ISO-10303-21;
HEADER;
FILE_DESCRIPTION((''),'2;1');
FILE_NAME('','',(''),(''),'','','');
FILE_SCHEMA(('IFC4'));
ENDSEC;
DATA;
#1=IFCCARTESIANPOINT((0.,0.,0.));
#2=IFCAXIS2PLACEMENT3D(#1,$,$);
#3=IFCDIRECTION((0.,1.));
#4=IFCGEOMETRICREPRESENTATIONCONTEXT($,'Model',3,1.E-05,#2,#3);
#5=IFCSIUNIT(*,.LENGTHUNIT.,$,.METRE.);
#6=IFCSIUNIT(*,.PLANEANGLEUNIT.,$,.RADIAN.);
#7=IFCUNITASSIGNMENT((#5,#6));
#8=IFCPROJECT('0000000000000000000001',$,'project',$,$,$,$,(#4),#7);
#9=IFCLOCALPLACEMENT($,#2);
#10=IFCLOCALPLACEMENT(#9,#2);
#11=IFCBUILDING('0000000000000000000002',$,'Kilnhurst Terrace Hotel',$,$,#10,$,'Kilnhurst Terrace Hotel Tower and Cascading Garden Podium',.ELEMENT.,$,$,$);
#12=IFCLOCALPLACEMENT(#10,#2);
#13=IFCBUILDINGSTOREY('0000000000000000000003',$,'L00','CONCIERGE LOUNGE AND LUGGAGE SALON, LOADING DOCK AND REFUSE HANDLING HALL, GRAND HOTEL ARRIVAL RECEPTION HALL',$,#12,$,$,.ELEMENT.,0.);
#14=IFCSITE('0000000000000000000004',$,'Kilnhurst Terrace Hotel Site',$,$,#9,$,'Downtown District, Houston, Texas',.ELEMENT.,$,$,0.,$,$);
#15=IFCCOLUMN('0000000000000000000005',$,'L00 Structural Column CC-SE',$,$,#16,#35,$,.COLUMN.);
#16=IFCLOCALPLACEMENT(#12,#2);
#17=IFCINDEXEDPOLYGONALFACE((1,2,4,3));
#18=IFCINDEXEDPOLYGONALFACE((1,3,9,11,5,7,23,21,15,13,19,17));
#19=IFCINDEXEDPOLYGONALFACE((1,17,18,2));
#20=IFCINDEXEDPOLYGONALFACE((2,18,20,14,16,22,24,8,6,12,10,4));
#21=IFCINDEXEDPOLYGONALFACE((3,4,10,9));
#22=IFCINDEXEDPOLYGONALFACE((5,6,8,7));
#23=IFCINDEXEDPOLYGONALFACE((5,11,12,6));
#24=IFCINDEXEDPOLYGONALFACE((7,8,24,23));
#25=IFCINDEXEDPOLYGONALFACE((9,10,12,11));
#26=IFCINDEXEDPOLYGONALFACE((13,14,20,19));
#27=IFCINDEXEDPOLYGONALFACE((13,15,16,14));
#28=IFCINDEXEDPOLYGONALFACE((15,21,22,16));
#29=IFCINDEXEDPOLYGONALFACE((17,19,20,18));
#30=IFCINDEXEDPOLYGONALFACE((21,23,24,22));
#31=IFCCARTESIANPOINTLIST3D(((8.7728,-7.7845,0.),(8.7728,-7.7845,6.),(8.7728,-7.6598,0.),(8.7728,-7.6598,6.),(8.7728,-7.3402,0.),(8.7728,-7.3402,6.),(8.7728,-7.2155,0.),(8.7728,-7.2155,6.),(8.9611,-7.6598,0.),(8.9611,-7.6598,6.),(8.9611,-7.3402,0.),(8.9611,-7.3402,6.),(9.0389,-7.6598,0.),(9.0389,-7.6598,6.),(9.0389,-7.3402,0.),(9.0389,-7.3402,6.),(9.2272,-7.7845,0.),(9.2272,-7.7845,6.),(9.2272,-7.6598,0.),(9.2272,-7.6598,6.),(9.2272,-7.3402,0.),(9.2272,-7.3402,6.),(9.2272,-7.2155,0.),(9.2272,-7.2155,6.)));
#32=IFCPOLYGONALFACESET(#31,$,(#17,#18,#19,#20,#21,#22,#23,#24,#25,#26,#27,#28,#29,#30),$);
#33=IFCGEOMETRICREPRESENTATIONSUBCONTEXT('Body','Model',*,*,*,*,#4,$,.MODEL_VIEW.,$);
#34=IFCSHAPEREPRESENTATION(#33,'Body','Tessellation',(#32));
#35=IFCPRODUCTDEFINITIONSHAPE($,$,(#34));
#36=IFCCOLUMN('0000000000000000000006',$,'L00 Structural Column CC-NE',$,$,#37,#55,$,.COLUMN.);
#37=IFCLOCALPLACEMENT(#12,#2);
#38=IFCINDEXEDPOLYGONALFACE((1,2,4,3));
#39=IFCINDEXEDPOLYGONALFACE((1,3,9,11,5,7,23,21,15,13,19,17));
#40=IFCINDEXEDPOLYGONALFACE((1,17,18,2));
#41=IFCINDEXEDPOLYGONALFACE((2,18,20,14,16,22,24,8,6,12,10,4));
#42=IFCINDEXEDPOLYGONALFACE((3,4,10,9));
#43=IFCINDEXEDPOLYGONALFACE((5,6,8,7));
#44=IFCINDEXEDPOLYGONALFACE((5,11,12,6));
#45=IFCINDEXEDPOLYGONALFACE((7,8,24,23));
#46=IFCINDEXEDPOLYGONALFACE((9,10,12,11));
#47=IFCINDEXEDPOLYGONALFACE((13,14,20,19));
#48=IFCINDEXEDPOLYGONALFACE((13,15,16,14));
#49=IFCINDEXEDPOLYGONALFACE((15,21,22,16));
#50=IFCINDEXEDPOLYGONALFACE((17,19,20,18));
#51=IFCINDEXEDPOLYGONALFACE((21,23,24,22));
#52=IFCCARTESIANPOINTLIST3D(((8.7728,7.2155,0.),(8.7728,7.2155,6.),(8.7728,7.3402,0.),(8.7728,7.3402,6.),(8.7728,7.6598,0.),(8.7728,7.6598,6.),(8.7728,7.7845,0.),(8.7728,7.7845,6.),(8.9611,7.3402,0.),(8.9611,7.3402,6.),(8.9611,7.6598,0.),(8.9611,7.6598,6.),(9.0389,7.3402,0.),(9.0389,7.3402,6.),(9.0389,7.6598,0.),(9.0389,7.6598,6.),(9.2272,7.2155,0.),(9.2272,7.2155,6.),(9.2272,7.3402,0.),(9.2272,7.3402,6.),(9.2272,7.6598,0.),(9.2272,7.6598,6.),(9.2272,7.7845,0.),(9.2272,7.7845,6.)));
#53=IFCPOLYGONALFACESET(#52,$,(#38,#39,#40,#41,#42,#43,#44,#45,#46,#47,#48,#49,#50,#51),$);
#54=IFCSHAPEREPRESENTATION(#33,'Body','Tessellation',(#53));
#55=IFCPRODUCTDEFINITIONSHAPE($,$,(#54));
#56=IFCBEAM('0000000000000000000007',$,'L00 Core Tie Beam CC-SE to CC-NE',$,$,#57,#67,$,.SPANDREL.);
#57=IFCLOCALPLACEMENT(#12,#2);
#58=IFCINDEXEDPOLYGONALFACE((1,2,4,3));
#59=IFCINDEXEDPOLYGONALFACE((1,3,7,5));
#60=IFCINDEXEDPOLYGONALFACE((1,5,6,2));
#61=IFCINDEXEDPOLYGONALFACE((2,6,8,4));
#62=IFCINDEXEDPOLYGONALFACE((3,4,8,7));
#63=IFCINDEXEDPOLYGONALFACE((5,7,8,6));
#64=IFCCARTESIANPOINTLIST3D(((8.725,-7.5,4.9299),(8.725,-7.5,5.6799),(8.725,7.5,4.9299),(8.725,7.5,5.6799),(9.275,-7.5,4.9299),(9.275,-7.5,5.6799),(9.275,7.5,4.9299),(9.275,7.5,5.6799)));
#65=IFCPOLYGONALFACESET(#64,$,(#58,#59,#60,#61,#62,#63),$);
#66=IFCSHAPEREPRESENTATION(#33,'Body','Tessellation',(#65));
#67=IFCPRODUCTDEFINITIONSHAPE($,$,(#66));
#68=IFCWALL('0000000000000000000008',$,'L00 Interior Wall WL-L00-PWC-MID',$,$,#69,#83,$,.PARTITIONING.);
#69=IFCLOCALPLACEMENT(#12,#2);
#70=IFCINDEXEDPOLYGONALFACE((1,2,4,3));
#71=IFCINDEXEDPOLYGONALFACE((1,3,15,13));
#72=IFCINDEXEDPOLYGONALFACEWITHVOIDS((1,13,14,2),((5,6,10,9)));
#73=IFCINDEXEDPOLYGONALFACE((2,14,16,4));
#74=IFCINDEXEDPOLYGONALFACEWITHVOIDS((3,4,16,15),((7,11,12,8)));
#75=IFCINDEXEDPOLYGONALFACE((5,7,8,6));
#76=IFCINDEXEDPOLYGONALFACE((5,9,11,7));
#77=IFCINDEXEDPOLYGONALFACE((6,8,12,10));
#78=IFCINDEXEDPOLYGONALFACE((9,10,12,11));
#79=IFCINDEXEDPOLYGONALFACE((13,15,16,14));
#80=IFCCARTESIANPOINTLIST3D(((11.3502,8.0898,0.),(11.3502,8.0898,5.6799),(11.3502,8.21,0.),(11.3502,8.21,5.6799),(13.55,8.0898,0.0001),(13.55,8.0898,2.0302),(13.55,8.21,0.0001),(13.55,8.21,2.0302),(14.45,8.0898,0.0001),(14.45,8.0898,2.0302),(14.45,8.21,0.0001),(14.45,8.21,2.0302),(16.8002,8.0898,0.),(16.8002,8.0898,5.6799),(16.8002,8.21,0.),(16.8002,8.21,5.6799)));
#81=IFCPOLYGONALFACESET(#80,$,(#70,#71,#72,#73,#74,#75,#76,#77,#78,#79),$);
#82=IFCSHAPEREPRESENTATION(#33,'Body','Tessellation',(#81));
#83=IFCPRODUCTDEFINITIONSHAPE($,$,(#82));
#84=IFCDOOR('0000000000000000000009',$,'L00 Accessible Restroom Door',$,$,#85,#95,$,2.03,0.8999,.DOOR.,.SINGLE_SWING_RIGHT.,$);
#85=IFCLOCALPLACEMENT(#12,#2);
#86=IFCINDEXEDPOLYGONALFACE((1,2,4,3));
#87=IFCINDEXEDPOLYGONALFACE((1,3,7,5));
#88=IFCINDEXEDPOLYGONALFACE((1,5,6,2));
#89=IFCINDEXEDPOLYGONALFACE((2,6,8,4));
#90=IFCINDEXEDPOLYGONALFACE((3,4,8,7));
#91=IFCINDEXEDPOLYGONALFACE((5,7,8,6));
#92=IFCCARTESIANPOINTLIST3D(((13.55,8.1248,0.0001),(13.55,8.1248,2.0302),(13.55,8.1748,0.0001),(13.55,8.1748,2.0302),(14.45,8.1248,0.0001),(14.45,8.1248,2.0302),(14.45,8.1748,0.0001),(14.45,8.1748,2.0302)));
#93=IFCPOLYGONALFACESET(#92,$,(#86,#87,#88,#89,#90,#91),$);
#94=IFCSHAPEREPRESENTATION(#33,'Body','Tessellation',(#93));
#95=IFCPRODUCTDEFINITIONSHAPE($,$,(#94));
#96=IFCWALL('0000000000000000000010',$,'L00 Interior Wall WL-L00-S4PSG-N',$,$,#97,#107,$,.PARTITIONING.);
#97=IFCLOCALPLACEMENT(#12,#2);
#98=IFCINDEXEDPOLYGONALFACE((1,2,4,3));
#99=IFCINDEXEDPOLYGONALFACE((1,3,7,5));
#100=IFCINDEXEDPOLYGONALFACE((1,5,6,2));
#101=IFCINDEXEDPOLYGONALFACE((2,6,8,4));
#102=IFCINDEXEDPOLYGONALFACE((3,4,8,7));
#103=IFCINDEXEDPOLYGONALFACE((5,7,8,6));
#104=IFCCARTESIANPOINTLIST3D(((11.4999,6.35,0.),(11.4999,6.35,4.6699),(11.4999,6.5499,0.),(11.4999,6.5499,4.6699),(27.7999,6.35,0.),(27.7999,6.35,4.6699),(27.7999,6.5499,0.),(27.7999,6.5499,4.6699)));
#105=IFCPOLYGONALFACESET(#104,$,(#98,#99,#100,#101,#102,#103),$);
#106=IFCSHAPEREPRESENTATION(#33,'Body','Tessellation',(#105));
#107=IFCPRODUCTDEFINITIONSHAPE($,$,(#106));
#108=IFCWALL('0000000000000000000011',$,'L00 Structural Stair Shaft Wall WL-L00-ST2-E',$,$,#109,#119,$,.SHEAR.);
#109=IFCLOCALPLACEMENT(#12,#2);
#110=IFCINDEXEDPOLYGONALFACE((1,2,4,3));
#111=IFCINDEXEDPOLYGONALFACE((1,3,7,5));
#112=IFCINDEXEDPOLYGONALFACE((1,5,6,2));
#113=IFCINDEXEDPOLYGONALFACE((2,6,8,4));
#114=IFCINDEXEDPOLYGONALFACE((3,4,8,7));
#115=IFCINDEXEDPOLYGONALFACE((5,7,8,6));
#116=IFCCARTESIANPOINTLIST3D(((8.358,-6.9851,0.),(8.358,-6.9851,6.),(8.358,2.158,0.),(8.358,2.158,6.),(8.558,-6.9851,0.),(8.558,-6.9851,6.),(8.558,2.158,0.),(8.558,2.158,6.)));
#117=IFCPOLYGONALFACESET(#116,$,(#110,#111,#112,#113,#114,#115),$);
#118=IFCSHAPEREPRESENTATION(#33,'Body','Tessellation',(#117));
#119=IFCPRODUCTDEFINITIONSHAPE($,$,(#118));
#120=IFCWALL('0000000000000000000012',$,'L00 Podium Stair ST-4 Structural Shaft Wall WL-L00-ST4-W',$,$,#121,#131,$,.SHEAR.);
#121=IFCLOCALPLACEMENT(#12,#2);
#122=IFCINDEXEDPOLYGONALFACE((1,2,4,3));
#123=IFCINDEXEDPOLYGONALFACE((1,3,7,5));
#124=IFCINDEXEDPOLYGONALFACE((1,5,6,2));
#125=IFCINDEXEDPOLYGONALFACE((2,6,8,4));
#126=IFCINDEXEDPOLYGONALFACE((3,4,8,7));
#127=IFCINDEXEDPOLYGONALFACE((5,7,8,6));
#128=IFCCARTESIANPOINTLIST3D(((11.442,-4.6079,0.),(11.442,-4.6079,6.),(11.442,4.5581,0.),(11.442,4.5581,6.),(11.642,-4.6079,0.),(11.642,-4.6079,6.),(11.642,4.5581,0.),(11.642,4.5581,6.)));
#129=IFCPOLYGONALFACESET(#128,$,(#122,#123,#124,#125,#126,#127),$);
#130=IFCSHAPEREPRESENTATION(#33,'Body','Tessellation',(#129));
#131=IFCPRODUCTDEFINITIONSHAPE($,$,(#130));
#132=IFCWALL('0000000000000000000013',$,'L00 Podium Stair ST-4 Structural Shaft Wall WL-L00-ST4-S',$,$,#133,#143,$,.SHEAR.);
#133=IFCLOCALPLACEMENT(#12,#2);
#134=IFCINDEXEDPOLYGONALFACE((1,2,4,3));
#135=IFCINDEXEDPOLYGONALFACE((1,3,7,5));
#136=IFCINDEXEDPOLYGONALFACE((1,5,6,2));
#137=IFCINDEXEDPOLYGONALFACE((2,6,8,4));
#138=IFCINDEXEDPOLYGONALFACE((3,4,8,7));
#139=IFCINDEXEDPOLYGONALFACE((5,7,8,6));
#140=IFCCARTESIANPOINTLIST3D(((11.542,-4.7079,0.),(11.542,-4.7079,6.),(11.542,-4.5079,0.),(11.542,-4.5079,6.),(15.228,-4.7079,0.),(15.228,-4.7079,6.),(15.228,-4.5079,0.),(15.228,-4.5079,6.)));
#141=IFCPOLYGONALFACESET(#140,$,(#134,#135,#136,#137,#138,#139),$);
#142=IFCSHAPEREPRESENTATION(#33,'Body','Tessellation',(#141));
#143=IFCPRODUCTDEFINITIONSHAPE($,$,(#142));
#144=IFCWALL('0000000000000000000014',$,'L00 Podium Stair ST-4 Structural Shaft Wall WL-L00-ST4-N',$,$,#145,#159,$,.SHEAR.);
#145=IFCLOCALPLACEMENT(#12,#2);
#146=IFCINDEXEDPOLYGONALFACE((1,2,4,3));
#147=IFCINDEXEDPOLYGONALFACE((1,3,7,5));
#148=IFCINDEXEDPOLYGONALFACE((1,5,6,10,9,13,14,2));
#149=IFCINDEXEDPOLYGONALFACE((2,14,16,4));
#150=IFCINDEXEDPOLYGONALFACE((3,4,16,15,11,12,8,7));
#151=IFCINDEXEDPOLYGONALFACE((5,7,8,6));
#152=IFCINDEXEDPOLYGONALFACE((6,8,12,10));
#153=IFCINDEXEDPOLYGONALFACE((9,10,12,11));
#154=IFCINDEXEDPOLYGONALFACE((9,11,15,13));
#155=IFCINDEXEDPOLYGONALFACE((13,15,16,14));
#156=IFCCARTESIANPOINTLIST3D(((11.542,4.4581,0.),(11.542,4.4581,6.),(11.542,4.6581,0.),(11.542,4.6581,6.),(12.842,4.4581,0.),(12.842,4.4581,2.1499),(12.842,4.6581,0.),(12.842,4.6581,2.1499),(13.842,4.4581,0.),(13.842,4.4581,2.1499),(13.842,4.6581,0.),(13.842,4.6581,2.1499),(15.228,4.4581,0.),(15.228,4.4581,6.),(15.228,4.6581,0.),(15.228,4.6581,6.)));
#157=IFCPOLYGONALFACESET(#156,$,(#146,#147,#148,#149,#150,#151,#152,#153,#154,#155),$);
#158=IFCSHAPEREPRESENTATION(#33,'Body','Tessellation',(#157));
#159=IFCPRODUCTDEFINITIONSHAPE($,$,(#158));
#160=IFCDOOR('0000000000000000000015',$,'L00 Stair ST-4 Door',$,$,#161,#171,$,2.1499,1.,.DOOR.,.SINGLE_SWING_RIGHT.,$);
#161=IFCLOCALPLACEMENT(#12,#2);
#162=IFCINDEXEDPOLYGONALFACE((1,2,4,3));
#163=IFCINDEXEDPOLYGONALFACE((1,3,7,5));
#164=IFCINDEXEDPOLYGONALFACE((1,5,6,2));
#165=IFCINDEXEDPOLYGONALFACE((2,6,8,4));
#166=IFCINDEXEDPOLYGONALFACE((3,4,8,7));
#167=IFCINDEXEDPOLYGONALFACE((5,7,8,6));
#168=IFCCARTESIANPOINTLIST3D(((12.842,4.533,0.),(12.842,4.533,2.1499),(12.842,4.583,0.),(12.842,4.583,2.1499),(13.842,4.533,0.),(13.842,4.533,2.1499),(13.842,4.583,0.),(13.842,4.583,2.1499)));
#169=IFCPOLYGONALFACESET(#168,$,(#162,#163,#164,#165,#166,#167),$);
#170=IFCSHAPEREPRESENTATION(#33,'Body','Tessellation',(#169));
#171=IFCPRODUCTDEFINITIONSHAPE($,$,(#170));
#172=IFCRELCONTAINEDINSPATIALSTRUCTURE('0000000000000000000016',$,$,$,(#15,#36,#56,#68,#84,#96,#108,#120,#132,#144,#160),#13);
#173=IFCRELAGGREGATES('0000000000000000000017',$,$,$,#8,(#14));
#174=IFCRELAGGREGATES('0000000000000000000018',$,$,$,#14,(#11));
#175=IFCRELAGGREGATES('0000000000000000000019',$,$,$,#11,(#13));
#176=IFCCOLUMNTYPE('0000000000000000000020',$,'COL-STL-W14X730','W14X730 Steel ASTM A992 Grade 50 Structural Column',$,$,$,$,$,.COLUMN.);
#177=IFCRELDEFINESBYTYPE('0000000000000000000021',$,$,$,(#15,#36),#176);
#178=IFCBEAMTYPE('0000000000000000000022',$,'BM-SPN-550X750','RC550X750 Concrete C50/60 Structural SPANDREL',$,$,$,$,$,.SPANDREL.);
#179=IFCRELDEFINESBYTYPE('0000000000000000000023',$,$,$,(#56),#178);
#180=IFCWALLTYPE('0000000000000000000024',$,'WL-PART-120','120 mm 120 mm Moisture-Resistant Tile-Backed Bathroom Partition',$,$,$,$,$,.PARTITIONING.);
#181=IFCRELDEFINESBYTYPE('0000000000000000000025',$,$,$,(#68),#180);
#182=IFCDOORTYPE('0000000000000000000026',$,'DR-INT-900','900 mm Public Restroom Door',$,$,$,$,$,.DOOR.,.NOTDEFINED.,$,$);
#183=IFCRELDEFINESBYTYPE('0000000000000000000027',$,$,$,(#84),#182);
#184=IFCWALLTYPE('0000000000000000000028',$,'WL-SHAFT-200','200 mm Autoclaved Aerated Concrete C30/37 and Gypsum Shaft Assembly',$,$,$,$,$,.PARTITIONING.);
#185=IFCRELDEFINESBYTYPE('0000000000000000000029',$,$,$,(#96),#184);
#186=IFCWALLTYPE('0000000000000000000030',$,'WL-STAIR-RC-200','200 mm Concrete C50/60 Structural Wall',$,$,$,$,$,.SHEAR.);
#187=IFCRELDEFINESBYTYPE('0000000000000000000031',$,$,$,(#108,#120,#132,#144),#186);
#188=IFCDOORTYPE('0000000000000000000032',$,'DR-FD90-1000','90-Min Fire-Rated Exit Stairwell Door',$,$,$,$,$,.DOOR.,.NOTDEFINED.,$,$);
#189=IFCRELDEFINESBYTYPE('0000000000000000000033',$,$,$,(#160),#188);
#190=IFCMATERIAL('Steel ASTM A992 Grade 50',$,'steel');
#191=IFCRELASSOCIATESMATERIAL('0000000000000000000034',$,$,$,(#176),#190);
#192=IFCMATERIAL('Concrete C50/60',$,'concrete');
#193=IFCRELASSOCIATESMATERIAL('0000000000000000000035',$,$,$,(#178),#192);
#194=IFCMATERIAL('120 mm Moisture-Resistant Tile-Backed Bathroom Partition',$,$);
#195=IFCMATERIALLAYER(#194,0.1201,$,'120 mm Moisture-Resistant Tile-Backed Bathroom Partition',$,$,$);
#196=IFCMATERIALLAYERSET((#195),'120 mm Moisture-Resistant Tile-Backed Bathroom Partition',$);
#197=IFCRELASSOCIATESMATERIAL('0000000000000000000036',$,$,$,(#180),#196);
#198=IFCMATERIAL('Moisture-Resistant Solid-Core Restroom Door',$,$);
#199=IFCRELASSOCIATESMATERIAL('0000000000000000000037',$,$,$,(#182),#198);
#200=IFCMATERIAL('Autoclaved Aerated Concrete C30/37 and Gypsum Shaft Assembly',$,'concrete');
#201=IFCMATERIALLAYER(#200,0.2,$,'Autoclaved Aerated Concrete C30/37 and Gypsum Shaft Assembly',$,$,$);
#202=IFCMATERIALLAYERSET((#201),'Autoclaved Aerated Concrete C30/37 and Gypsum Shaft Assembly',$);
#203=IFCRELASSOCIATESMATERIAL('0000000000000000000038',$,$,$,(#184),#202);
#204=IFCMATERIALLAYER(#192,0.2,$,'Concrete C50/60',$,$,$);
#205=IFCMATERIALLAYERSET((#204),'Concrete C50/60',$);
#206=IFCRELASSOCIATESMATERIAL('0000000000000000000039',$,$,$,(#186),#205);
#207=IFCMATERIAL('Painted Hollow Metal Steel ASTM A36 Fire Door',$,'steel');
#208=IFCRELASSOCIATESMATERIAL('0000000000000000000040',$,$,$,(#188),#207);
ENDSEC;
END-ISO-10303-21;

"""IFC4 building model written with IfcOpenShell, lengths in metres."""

from ifc_helpers import new_model, si_unit, direction, frame, frame_2d, origin, origin_2d, place, context, subcontext, project, spatial, rectangle, i_section, extrude, material, layer, layer_set, material_profile, profile_set, type_object, element, fill, save


model = new_model("IFC4")

# Units and contexts
model_context = context("Model", 3, precision=1e-05, world=origin(), true_north=direction((0.0, 1.0)))
body_context = subcontext(model_context, "Body", "Model", "MODEL_VIEW")
ifc_project = project(units=[si_unit("LENGTHUNIT", "METRE"), si_unit("PLANEANGLEUNIT", "RADIAN")], contexts=[model_context])

# Site, building, storey
site_placement = place(None, origin())
site = spatial("IfcSite", under=ifc_project, at=site_placement, Name="Kilnhurst Terrace Hotel Site", LongName="Downtown District, Houston, Texas", CompositionType="ELEMENT", RefElevation=0.0)
building_placement = place(site_placement, origin())
building = spatial("IfcBuilding", under=site, at=building_placement, Name="Kilnhurst Terrace Hotel", LongName="Kilnhurst Terrace Hotel Tower and Cascading Garden Podium", CompositionType="ELEMENT")
storey_placement = place(building_placement, origin())
storey = spatial("IfcBuildingStorey", under=building, at=storey_placement, Name="L00", Description="CONCIERGE LOUNGE AND LUGGAGE SALON, LOADING DOCK AND REFUSE HANDLING HALL, GRAND HOTEL ARRIVAL RECEPTION HALL", CompositionType="ELEMENT", Elevation=0.0)

# Columns
ifc_material_1 = material(Name="Steel ASTM A992 Grade 50", Category="steel")
ifc_material_profile_1 = material_profile(ifc_material_1, i_section(OverallWidth=0.4543, OverallDepth=0.5691, WebThickness=0.0779, FlangeThickness=0.1248, at=origin_2d()), Name="W14X730")
ifc_profile_set_1 = profile_set([ifc_material_profile_1], Name="Steel ASTM A992 Grade 50")
column_type = type_object("IfcColumnType", Name="COL-STL-W14X730", Description="W14X730 Steel ASTM A992 Grade 50 Structural Column", PredefinedType="COLUMN", material=ifc_profile_set_1)
for number, where, z_axis, x_axis, name in (
    (1, (9.0, -7.5, 0.0), (0.0, 0.0, 1.0), (1.0, 0.0, 0.0), "L00 Structural Column CC-SE"),
    (2, (9.0, 7.5, 0.0), (0.0, 0.0, 1.0), (1.0, 0.0, 0.0), "L00 Structural Column CC-NE"),
):
    element("IfcColumn", number, at=place(storey_placement, frame(where, z_axis=z_axis, x_axis=x_axis)), inside=storey, type_object=column_type, Name=name, PredefinedType="COLUMN", context=body_context, shape_type="SweptSolid", body=[
        extrude(i_section(OverallWidth=0.4543, OverallDepth=0.5691, WebThickness=0.0779, FlangeThickness=0.1248, at=origin_2d()), origin(), (0.0, 0.0, 1.0), 6.0),
    ])

# Beam
ifc_material_2 = material(Name="Concrete C50/60", Category="concrete")
ifc_material_profile_2 = material_profile(ifc_material_2, rectangle(XDim=0.55, YDim=0.75, at=origin_2d()), Name="RC550X750")
ifc_profile_set_2 = profile_set([ifc_material_profile_2], Name="Concrete C50/60")
beam_type = type_object("IfcBeamType", Name="BM-SPN-550X750", Description="RC550X750 Concrete C50/60 Structural SPANDREL", PredefinedType="SPANDREL", material=ifc_profile_set_2)
beam_placement = place(storey_placement, frame((9.0, -7.5, 5.3049), z_axis=(0.0, 1.0, 0.0), x_axis=(-1.0, 0.0, 0.0)))
element("IfcBeam", 3, at=beam_placement, inside=storey, type_object=beam_type, Name="L00 Core Tie Beam CC-SE to CC-NE", PredefinedType="SPANDREL", context=body_context, shape_type="SweptSolid", body=[
    extrude(rectangle(XDim=0.55, YDim=0.75, at=origin_2d()), origin(), (0.0, 0.0, 1.0), 15.0),
])

# Wall, opening, door
ifc_material_3 = material(Name="Painted Hollow Metal Steel ASTM A36 Fire Door", Category="steel")
ifc_material_4 = material(Name="120 mm Moisture-Resistant Tile-Backed Bathroom Partition")
ifc_layer_1 = layer(ifc_material_4, 0.1201, Name="120 mm Moisture-Resistant Tile-Backed Bathroom Partition")
ifc_layer_set_1 = layer_set([ifc_layer_1], Name="120 mm Moisture-Resistant Tile-Backed Bathroom Partition")
wall_type_1 = type_object("IfcWallType", Name="WL-PART-120", Description="120 mm 120 mm Moisture-Resistant Tile-Backed Bathroom Partition", PredefinedType="PARTITIONING", material=ifc_layer_set_1)
wall_1_placement = place(storey_placement, frame((11.3501, 8.1499, 0.0), z_axis=(0.0, 0.0, 1.0), x_axis=(1.0, 0.0, 0.0)))
wall_1 = element("IfcWall", 4, at=wall_1_placement, inside=storey, type_object=wall_type_1, Name="L00 Interior Wall WL-L00-PWC-MID", PredefinedType="PARTITIONING", context=body_context, shape_type="SweptSolid", body=[
    extrude(rectangle(XDim=5.45, YDim=0.1201, at=frame_2d((2.7251, 0.0))), origin(), (0.0, 0.0, 1.0), 5.6799),
])
opening_1_placement = place(wall_1_placement, frame((2.2, 0.0, 0.0)))
opening_1 = element("IfcOpeningElement", 5, at=opening_1_placement, cuts=wall_1, PredefinedType="OPENING", context=body_context, shape_type="SweptSolid", body=[
    extrude(rectangle(XDim=0.8999, YDim=2.03, at=frame_2d((0.45, 1.0151))), frame((0.0, 0.0701, 0.0), z_axis=(0.0, -1.0, 0.0), x_axis=(1.0, 0.0, 0.0)), (0.0, 0.0, 1.0), 0.1401),
])
ifc_material_5 = material(Name="Moisture-Resistant Solid-Core Restroom Door")
door_type_1 = type_object("IfcDoorType", Name="DR-INT-900", Description="900 mm Public Restroom Door", OperationType="NOTDEFINED", PredefinedType="DOOR", material=ifc_material_5)
door_1_placement = place(opening_1_placement, origin())
door_1 = element("IfcDoor", 6, at=door_1_placement, inside=storey, type_object=door_type_1, Name="L00 Accessible Restroom Door", OperationType="SINGLE_SWING_RIGHT", OverallHeight=2.03, OverallWidth=0.8999, PredefinedType="DOOR", context=body_context, shape_type="SweptSolid", body=[
    extrude(rectangle(XDim=0.8999, YDim=2.03, at=frame_2d((0.45, 1.0151))), frame((0.0, 0.0249, 0.0), z_axis=(0.0, -1.0, 0.0), x_axis=(1.0, 0.0, 0.0)), (0.0, 0.0, 1.0), 0.05),
])
fill(opening_1, door_1)

# Walls
ifc_material_6 = material(Name="Autoclaved Aerated Concrete C30/37 and Gypsum Shaft Assembly", Category="concrete")
ifc_layer_2 = layer(ifc_material_6, 0.2, Name="Autoclaved Aerated Concrete C30/37 and Gypsum Shaft Assembly")
ifc_layer_set_2 = layer_set([ifc_layer_2], Name="Autoclaved Aerated Concrete C30/37 and Gypsum Shaft Assembly")
wall_type_2 = type_object("IfcWallType", Name="WL-SHAFT-200", Description="200 mm Autoclaved Aerated Concrete C30/37 and Gypsum Shaft Assembly", PredefinedType="PARTITIONING", material=ifc_layer_set_2)
wall_2_placement = place(storey_placement, frame((11.5, 6.45, 0.0), z_axis=(0.0, 0.0, 1.0), x_axis=(1.0, 0.0, 0.0)))
element("IfcWall", 7, at=wall_2_placement, inside=storey, type_object=wall_type_2, Name="L00 Interior Wall WL-L00-S4PSG-N", PredefinedType="PARTITIONING", context=body_context, shape_type="SweptSolid", body=[
    extrude(rectangle(XDim=16.3, YDim=0.2, at=frame_2d((8.1499, 0.0))), origin(), (0.0, 0.0, 1.0), 4.6699),
])
ifc_layer_3 = layer(ifc_material_2, 0.2, Name="Concrete C50/60")
ifc_layer_set_3 = layer_set([ifc_layer_3], Name="Concrete C50/60")
wall_type_3 = type_object("IfcWallType", Name="WL-STAIR-RC-200", Description="200 mm Concrete C50/60 Structural Wall", PredefinedType="SHEAR", material=ifc_layer_set_3)
wall_3_placement = place(storey_placement, frame((8.458, -6.9851, 0.0), z_axis=(0.0, 0.0, 1.0), x_axis=(0.0, 1.0, 0.0)))
element("IfcWall", 8, at=wall_3_placement, inside=storey, type_object=wall_type_3, Name="L00 Structural Stair Shaft Wall WL-L00-ST2-E", PredefinedType="SHEAR", context=body_context, shape_type="SweptSolid", body=[
    extrude(rectangle(XDim=9.1431, YDim=0.2, at=frame_2d((4.5715, 0.0))), origin(), (0.0, 0.0, 1.0), 6.0),
])
wall_4_placement = place(storey_placement, frame((11.542, -4.6079, 0.0), z_axis=(0.0, 0.0, 1.0), x_axis=(0.0, 1.0, 0.0)))
element("IfcWall", 9, at=wall_4_placement, inside=storey, type_object=wall_type_3, Name="L00 Podium Stair ST-4 Structural Shaft Wall WL-L00-ST4-W", PredefinedType="SHEAR", context=body_context, shape_type="SweptSolid", body=[
    extrude(rectangle(XDim=9.166, YDim=0.2, at=frame_2d((4.583, 0.0))), origin(), (0.0, 0.0, 1.0), 6.0),
])
wall_5_placement = place(storey_placement, frame((11.542, -4.6079, 0.0), z_axis=(0.0, 0.0, 1.0), x_axis=(1.0, 0.0, 0.0)))
element("IfcWall", 10, at=wall_5_placement, inside=storey, type_object=wall_type_3, Name="L00 Podium Stair ST-4 Structural Shaft Wall WL-L00-ST4-S", PredefinedType="SHEAR", context=body_context, shape_type="SweptSolid", body=[
    extrude(rectangle(XDim=3.686, YDim=0.2, at=frame_2d((1.843, 0.0))), origin(), (0.0, 0.0, 1.0), 6.0),
])

# Wall, opening, door
wall_6_placement = place(storey_placement, frame((11.542, 4.5581, 0.0), z_axis=(0.0, 0.0, 1.0), x_axis=(1.0, 0.0, 0.0)))
wall_6 = element("IfcWall", 11, at=wall_6_placement, inside=storey, type_object=wall_type_3, Name="L00 Podium Stair ST-4 Structural Shaft Wall WL-L00-ST4-N", PredefinedType="SHEAR", context=body_context, shape_type="SweptSolid", body=[
    extrude(rectangle(XDim=3.686, YDim=0.2, at=frame_2d((1.843, 0.0))), origin(), (0.0, 0.0, 1.0), 6.0),
])
opening_2_placement = place(wall_6_placement, frame((1.3, 0.0, 0.0)))
opening_2 = element("IfcOpeningElement", 12, at=opening_2_placement, cuts=wall_6, PredefinedType="OPENING", context=body_context, shape_type="SweptSolid", body=[
    extrude(rectangle(XDim=1.0, YDim=2.1499, at=frame_2d((0.5, 1.075))), frame((0.0, 0.1099, 0.0), z_axis=(0.0, -1.0, 0.0), x_axis=(1.0, 0.0, 0.0)), (0.0, 0.0, 1.0), 0.22),
])
door_type_2 = type_object("IfcDoorType", Name="DR-FD90-1000", Description="90-Min Fire-Rated Exit Stairwell Door", OperationType="NOTDEFINED", PredefinedType="DOOR", material=ifc_material_3)
door_2_placement = place(opening_2_placement, origin())
door_2 = element("IfcDoor", 13, at=door_2_placement, inside=storey, type_object=door_type_2, Name="L00 Stair ST-4 Door", OperationType="SINGLE_SWING_RIGHT", OverallHeight=2.1499, OverallWidth=1.0, PredefinedType="DOOR", context=body_context, shape_type="SweptSolid", body=[
    extrude(rectangle(XDim=1.0, YDim=2.1499, at=frame_2d((0.5, 1.075))), frame((0.0, 0.0249, 0.0), z_axis=(0.0, -1.0, 0.0), x_axis=(1.0, 0.0, 0.0)), (0.0, 0.0, 1.0), 0.05),
])
fill(opening_2, door_2)

save(model, "model.ifc")
